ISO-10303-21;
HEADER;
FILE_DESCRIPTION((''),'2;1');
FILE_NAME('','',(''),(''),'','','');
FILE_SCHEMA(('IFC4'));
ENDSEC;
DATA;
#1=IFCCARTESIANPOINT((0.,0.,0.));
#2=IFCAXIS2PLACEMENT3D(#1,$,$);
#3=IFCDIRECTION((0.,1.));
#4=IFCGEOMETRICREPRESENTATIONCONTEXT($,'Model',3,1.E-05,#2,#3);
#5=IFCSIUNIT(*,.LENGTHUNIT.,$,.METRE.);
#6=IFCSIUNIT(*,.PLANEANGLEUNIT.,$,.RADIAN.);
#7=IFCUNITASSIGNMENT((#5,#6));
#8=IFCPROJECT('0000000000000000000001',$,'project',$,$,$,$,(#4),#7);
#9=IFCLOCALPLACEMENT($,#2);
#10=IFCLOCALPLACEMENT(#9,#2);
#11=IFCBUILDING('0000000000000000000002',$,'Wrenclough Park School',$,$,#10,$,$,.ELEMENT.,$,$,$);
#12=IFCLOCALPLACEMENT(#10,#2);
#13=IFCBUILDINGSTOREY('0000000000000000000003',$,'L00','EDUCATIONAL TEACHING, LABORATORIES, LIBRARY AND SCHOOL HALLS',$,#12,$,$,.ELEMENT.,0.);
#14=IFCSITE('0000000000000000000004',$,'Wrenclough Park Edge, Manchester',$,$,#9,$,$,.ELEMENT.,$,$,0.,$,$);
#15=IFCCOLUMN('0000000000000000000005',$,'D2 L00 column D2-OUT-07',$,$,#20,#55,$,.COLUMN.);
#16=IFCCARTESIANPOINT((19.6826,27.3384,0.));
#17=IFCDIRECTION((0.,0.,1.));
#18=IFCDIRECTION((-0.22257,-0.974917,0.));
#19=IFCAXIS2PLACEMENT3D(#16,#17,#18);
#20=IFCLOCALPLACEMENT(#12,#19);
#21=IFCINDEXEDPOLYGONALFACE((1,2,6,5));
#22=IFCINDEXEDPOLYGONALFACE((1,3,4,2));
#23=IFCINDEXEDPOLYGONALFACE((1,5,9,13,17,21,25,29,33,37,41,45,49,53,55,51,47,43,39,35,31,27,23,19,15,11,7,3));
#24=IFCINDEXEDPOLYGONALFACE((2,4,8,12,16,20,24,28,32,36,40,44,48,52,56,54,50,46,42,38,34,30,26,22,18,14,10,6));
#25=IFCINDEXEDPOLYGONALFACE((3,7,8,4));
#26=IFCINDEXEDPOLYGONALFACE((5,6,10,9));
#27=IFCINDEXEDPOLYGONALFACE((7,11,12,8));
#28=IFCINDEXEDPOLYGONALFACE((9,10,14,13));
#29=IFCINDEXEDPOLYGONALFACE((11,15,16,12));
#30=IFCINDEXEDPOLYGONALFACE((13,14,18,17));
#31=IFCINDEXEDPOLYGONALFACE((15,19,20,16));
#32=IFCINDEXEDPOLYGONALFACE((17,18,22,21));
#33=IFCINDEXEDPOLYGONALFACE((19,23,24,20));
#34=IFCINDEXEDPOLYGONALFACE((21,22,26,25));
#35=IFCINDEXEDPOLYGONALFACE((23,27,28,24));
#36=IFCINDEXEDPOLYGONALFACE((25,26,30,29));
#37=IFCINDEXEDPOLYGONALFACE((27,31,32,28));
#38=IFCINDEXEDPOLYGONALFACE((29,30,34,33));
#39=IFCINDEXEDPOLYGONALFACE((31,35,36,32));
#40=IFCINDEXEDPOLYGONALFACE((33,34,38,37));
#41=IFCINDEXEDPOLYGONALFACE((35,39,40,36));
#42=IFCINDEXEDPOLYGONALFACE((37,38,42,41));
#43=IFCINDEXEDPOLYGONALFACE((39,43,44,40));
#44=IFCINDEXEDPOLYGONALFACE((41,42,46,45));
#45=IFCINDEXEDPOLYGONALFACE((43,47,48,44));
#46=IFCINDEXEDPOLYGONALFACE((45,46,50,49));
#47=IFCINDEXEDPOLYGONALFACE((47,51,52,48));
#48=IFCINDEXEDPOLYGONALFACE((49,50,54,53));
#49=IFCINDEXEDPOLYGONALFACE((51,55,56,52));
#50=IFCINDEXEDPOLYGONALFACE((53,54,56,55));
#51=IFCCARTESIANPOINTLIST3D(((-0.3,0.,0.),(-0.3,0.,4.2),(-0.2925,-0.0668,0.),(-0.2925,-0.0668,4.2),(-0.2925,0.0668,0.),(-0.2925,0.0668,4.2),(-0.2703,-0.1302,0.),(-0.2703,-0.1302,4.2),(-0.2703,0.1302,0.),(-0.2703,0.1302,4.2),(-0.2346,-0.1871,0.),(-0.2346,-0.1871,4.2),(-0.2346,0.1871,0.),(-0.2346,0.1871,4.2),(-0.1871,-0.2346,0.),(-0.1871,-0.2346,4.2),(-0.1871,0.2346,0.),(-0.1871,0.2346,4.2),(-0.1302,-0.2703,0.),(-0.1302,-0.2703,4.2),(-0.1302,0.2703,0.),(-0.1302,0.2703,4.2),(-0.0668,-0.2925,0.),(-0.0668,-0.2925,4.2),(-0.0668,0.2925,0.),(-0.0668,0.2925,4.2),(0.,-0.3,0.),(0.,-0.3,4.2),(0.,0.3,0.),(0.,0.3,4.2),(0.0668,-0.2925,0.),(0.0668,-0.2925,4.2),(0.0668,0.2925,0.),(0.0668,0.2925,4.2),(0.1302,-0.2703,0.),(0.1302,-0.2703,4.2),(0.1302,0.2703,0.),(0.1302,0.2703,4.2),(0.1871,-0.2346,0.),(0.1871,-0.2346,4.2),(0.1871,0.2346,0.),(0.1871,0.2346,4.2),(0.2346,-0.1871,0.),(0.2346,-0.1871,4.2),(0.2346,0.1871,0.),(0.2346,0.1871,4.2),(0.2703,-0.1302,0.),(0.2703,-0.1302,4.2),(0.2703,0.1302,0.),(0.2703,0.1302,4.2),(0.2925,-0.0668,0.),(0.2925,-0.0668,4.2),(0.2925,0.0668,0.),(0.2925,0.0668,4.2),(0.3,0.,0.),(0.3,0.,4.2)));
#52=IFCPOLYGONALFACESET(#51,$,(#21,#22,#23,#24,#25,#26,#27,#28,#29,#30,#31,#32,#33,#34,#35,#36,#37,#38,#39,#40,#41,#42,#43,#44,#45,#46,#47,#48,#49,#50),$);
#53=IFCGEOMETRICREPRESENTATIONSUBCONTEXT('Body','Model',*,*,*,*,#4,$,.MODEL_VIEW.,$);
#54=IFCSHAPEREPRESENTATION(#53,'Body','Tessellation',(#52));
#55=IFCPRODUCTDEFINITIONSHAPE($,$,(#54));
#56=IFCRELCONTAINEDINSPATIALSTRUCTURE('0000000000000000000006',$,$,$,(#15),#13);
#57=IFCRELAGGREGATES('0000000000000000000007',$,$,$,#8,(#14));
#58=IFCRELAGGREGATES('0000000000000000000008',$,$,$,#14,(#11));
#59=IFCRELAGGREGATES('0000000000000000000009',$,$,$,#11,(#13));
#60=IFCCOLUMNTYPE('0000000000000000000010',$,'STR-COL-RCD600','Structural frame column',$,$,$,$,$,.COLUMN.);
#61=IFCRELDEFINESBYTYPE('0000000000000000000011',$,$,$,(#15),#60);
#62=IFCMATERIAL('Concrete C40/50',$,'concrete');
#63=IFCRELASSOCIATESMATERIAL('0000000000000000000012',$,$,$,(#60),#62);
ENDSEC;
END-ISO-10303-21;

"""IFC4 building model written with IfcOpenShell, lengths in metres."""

from ifc_helpers import new_model, si_unit, direction, frame, origin, origin_2d, place, context, subcontext, project, spatial, circle, extrude, material, material_profile, profile_set, type_object, element, save


model = new_model("IFC4")

# Units and contexts
model_context = context("Model", 3, precision=1e-05, world=origin(), true_north=direction((0.0, 1.0)))
body_context = subcontext(model_context, "Body", "Model", "MODEL_VIEW")
ifc_project = project(units=[si_unit("LENGTHUNIT", "METRE"), si_unit("PLANEANGLEUNIT", "RADIAN")], contexts=[model_context])

# Site, building, storey
site_placement = place(None, origin())
site = spatial("IfcSite", under=ifc_project, at=site_placement, Name="Wrenclough Park Edge, Manchester", CompositionType="ELEMENT", RefElevation=0.0)
building_placement = place(site_placement, origin())
building = spatial("IfcBuilding", under=site, at=building_placement, Name="Wrenclough Park School", CompositionType="ELEMENT")
storey_placement = place(building_placement, origin())
storey = spatial("IfcBuildingStorey", under=building, at=storey_placement, Name="L00", Description="EDUCATIONAL TEACHING, LABORATORIES, LIBRARY AND SCHOOL HALLS", CompositionType="ELEMENT", Elevation=0.0)

# Column
ifc_material_1 = material(Name="Concrete C40/50", Category="concrete")
ifc_material_profile_1 = material_profile(ifc_material_1, circle(Radius=0.3, at=origin_2d()), Name="RC COL D600")
ifc_profile_set_1 = profile_set([ifc_material_profile_1], Name="Concrete C40/50")
column_type = type_object("IfcColumnType", Name="STR-COL-RCD600", Description="Structural frame column", PredefinedType="COLUMN", material=ifc_profile_set_1)
column_placement = place(storey_placement, frame((19.6826, 27.3384, 0.0), z_axis=(0.0, 0.0, 1.0), x_axis=(-0.22257, -0.974917, 0.0)))
element("IfcColumn", 1, at=column_placement, inside=storey, type_object=column_type, Name="D2 L00 column D2-OUT-07", PredefinedType="COLUMN", context=body_context, shape_type="SweptSolid", body=[
    extrude(circle(Radius=0.3, at=origin_2d()), origin(), (0.0, 0.0, 1.0), 4.2),
])

save(model, "model.ifc")
